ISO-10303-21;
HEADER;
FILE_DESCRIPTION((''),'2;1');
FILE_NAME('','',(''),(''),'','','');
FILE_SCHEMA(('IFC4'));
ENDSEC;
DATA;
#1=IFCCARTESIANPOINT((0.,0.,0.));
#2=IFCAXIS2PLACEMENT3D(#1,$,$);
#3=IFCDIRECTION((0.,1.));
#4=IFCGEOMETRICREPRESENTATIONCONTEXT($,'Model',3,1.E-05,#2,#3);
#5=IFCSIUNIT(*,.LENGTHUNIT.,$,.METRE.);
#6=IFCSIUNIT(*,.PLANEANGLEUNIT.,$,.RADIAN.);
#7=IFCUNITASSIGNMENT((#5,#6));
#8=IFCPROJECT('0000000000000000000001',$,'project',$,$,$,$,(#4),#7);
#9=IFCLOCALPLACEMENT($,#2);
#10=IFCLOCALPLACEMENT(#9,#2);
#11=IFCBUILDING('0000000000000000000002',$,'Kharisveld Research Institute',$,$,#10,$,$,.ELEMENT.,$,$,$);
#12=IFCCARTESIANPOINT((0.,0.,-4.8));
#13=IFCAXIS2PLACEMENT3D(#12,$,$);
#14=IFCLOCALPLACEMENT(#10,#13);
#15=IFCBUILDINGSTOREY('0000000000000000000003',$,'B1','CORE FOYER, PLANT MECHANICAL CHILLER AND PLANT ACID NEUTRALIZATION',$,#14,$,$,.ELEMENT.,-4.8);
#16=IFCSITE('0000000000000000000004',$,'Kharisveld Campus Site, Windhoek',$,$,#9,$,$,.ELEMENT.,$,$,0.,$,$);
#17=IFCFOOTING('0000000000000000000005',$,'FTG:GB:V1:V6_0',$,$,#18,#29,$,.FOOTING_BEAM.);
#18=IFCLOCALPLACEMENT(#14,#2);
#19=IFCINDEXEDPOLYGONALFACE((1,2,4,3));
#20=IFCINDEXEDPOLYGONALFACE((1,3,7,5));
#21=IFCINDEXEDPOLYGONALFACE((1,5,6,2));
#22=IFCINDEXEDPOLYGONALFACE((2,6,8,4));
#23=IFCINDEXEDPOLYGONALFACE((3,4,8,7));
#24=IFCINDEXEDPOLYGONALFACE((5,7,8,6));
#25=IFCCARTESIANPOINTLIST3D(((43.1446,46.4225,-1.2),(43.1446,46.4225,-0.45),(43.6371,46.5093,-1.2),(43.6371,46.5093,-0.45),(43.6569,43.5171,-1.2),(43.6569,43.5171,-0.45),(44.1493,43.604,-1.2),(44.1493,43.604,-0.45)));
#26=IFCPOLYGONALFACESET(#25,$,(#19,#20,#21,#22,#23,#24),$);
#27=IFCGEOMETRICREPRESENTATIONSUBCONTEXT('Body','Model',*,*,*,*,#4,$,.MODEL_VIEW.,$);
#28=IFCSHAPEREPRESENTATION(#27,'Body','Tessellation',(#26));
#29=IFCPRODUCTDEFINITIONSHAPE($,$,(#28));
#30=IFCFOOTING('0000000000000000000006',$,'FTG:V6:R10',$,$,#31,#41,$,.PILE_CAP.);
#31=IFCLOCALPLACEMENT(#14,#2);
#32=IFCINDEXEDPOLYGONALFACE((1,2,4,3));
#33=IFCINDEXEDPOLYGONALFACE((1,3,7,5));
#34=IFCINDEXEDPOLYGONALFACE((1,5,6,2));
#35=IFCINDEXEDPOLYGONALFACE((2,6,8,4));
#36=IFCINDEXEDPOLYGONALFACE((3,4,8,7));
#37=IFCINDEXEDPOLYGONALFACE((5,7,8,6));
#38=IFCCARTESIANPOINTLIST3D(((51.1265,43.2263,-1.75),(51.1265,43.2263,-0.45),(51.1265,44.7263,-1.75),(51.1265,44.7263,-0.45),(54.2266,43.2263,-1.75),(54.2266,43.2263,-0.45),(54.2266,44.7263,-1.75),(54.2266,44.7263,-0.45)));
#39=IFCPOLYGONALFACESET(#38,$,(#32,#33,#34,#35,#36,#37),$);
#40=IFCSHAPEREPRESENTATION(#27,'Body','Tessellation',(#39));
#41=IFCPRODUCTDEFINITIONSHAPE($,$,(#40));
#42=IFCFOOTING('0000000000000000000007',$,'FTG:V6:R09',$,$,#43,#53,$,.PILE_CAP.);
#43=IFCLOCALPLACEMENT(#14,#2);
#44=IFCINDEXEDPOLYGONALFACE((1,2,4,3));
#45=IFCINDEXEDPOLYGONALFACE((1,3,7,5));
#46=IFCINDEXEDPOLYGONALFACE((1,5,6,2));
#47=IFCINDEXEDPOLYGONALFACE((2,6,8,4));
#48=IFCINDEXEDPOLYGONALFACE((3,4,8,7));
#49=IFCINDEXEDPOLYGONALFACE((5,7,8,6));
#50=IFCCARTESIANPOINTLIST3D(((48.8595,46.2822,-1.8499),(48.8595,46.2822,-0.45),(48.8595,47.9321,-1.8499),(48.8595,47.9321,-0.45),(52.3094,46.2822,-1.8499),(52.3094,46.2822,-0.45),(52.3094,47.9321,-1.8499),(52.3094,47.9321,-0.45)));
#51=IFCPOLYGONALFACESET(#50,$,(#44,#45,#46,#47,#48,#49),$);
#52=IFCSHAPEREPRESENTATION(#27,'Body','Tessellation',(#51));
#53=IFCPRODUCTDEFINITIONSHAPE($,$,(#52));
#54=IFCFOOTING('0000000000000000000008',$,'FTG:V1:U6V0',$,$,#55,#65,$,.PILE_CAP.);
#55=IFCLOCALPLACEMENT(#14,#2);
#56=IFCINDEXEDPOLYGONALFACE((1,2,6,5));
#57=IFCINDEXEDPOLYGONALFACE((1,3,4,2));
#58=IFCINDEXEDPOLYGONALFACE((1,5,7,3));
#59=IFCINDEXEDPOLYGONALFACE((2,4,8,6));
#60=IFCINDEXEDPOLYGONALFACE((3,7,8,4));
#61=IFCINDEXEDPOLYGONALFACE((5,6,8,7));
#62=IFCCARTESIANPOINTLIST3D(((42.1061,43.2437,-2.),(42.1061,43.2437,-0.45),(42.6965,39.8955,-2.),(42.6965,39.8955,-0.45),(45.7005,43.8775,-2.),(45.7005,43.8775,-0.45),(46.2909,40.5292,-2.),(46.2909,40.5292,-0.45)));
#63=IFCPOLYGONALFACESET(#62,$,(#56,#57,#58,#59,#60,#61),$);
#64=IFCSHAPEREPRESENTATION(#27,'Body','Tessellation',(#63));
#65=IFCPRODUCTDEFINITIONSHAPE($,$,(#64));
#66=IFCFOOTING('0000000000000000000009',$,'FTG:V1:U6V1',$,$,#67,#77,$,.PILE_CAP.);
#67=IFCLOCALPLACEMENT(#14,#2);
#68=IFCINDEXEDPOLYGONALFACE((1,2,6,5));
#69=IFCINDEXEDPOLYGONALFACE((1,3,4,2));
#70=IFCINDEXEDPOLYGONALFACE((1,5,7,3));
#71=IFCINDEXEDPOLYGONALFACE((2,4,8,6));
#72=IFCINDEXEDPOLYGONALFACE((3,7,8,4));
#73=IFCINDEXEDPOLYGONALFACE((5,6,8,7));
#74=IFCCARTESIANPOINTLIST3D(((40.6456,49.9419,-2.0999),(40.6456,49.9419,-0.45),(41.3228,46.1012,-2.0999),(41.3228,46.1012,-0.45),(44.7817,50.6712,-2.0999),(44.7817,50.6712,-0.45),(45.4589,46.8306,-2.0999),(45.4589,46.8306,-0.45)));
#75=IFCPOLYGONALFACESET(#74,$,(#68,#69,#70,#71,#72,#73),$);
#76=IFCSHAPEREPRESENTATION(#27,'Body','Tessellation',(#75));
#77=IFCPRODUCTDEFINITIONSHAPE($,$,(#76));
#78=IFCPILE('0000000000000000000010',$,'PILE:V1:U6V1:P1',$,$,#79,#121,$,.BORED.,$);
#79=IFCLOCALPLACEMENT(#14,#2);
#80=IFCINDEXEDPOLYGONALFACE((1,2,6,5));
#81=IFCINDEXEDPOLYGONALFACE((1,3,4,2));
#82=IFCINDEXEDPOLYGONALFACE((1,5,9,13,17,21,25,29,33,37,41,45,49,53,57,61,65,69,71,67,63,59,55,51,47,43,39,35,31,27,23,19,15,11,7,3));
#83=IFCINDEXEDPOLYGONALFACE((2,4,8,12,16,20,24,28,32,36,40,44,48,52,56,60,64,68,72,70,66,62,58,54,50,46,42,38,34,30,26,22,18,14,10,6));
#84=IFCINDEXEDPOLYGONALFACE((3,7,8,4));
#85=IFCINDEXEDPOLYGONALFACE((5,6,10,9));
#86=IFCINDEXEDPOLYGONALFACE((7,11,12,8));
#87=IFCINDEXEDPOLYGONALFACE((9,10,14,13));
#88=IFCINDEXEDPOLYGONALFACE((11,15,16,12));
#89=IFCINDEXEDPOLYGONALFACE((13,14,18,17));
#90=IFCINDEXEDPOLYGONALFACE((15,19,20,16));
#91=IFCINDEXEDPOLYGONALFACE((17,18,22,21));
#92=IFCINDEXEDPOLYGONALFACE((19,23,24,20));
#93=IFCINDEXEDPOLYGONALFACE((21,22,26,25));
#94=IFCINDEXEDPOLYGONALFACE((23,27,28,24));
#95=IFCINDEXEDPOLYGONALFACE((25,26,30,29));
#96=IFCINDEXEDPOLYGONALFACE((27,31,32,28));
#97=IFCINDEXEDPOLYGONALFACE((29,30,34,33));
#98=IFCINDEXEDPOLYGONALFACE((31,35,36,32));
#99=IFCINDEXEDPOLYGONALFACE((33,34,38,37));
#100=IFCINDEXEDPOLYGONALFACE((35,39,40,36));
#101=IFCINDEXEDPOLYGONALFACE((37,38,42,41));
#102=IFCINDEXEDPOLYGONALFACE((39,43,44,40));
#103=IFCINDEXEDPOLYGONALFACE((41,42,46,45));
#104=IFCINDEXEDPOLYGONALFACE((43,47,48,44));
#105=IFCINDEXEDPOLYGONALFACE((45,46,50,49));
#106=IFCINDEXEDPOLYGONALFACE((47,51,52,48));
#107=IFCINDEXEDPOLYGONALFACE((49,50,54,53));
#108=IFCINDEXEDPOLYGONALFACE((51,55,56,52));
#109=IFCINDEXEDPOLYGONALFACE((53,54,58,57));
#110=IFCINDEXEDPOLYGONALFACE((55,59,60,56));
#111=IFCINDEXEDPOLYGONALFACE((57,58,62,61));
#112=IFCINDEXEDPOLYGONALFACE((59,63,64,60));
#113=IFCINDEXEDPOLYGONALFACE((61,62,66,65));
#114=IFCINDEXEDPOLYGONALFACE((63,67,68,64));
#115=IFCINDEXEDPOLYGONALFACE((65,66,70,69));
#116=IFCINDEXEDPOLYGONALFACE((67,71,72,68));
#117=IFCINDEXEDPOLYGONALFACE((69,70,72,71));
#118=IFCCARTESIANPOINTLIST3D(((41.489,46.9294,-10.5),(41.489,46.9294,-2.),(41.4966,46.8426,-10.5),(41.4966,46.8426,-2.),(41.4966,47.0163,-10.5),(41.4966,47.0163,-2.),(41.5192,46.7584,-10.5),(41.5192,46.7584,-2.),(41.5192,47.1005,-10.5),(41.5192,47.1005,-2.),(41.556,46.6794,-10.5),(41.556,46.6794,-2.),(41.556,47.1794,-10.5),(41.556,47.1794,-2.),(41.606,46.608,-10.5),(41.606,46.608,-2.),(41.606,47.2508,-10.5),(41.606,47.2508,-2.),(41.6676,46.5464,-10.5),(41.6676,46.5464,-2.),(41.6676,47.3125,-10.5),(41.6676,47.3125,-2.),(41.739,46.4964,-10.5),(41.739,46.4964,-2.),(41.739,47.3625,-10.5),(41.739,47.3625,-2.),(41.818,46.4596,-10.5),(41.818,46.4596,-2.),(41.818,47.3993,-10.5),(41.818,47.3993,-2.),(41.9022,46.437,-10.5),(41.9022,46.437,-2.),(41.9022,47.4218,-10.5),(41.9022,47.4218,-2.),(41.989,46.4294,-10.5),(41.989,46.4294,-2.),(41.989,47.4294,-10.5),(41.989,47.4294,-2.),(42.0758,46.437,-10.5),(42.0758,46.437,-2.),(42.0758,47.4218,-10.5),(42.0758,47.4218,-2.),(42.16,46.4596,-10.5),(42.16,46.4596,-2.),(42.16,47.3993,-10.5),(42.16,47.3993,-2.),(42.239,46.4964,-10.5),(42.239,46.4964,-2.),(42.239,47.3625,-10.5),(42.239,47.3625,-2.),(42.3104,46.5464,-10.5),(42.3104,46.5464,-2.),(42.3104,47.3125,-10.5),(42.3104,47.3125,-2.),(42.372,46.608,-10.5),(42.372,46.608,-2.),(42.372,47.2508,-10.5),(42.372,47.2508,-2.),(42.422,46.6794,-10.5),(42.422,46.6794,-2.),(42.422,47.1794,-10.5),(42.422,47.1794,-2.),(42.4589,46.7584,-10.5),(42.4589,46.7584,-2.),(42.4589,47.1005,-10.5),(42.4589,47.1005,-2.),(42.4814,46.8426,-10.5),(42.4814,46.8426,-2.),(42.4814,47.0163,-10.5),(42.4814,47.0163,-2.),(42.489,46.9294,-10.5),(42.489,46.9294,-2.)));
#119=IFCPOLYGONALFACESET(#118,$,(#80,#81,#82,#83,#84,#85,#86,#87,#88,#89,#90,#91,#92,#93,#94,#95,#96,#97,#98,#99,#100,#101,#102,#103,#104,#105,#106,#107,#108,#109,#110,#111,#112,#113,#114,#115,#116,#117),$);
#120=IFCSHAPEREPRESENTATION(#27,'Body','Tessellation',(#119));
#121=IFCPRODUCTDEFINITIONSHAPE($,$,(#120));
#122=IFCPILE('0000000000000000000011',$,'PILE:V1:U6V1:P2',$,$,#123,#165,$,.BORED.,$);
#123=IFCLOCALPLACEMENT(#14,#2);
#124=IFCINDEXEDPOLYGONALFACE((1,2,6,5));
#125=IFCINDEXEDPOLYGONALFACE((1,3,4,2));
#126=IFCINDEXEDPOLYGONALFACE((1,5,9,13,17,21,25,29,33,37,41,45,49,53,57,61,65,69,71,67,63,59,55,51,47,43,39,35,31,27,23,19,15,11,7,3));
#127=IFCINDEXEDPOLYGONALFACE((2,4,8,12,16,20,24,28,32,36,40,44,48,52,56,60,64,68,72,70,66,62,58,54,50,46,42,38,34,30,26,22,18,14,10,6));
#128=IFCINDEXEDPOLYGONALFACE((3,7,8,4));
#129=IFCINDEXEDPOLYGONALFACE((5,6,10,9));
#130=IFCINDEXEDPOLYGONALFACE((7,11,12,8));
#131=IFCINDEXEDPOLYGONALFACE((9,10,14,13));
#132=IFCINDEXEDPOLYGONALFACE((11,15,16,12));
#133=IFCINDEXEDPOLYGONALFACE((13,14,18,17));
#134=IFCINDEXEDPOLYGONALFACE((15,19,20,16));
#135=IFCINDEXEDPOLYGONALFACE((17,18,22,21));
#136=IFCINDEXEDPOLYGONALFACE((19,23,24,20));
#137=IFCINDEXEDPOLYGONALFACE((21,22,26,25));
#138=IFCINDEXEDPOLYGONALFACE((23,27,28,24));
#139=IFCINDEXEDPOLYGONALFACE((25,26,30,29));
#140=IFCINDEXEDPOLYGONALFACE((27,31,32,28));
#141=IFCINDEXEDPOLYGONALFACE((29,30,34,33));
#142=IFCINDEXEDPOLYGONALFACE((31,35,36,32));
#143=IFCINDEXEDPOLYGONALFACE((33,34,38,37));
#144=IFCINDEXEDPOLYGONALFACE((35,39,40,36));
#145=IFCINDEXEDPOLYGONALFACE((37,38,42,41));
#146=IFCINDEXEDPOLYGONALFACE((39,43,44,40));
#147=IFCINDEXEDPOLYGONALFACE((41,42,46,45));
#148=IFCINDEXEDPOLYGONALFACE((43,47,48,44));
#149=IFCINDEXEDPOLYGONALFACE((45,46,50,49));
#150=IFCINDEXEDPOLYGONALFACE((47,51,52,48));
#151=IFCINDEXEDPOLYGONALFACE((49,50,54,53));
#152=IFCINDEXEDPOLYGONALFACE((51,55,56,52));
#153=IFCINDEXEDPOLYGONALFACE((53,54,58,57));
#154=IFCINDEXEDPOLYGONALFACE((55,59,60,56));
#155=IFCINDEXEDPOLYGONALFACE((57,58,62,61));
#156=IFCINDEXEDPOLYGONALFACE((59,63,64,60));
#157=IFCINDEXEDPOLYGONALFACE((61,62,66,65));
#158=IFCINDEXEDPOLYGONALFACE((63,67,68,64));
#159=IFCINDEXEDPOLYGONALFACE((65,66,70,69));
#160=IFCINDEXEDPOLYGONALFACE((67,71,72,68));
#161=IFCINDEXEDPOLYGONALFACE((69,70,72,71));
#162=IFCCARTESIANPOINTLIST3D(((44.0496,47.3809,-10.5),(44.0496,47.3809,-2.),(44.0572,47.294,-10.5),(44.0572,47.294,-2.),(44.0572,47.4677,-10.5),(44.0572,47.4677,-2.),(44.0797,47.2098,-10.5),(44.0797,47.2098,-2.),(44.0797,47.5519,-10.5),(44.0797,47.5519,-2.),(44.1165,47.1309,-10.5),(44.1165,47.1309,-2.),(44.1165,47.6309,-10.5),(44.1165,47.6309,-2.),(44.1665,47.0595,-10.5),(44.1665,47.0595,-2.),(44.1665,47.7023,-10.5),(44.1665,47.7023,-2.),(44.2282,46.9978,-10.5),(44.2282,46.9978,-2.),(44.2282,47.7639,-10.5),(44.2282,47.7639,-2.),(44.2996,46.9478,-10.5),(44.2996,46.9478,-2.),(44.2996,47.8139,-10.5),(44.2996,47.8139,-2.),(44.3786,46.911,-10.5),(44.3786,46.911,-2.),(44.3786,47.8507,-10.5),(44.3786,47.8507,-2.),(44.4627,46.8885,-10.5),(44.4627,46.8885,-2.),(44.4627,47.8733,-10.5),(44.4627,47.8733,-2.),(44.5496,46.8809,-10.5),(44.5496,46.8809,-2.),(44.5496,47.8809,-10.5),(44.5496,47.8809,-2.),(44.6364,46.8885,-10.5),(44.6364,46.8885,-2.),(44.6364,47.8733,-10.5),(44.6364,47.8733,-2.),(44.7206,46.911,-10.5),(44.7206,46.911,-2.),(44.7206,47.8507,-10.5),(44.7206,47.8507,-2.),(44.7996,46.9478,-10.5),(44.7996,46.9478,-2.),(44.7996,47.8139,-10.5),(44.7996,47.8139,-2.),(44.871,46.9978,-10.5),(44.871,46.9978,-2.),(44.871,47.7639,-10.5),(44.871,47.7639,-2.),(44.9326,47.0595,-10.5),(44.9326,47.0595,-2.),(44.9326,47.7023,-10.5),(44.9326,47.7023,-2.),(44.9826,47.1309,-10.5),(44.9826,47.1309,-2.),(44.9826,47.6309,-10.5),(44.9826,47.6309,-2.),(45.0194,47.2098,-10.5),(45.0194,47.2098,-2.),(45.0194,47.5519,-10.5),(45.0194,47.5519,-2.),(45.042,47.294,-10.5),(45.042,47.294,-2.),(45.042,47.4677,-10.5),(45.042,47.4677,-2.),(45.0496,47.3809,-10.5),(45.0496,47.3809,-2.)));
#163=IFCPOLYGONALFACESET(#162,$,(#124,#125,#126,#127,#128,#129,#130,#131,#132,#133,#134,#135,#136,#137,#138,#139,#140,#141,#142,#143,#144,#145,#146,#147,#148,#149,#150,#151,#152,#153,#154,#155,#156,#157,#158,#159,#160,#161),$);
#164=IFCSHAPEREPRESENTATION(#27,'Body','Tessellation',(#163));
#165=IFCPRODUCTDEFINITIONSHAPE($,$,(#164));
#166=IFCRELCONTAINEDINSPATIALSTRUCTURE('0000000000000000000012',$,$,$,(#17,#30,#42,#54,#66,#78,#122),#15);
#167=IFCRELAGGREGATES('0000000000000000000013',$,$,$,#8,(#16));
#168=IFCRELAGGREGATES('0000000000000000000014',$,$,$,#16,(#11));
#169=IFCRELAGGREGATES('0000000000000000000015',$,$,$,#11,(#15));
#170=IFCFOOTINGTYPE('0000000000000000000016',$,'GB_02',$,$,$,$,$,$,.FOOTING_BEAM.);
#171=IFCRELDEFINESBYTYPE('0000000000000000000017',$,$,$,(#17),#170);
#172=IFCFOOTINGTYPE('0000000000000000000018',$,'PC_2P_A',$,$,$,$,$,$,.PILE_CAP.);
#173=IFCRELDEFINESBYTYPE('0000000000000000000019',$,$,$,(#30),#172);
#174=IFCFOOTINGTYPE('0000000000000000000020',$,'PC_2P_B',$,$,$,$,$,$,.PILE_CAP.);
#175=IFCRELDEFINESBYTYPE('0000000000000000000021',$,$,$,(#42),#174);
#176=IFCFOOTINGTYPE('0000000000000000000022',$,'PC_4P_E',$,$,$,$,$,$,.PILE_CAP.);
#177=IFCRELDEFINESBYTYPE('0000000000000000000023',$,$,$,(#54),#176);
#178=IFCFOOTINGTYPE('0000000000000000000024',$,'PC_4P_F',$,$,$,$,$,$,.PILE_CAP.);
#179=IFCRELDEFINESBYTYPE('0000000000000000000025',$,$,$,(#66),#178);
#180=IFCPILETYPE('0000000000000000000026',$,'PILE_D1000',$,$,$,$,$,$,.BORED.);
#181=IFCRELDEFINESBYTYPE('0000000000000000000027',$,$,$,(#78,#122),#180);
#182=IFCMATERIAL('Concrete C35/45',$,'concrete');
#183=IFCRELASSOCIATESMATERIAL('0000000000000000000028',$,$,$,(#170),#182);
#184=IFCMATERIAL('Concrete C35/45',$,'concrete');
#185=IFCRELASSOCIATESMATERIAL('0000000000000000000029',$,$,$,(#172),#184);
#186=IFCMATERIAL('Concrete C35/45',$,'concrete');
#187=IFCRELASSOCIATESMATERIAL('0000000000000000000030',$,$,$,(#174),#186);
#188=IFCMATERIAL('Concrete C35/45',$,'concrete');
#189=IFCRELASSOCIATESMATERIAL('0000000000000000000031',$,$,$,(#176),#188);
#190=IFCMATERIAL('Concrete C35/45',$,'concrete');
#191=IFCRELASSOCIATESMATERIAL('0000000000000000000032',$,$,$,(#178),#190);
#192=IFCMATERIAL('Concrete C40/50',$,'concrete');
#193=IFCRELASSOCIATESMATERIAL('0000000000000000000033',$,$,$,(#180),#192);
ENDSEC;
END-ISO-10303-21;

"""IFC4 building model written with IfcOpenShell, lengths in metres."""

from ifc_helpers import new_model, si_unit, direction, frame, origin, origin_2d, place, context, subcontext, project, spatial, rectangle, circle, extrude, material, material_profile, profile_set, type_object, element, save


model = new_model("IFC4")

# Units and contexts
model_context = context("Model", 3, precision=1e-05, world=origin(), true_north=direction((0.0, 1.0)))
body_context = subcontext(model_context, "Body", "Model", "MODEL_VIEW")
ifc_project = project(units=[si_unit("LENGTHUNIT", "METRE"), si_unit("PLANEANGLEUNIT", "RADIAN")], contexts=[model_context])

# Site, building, storey
site_placement = place(None, origin())
site = spatial("IfcSite", under=ifc_project, at=site_placement, Name="Kharisveld Campus Site, Windhoek", CompositionType="ELEMENT", RefElevation=0.0)
building_placement = place(site_placement, origin())
building = spatial("IfcBuilding", under=site, at=building_placement, Name="Kharisveld Research Institute", CompositionType="ELEMENT")
storey_placement = place(building_placement, frame((0.0, 0.0, -4.8)))
storey = spatial("IfcBuildingStorey", under=building, at=storey_placement, Name="B1", Description="CORE FOYER, PLANT MECHANICAL CHILLER AND PLANT ACID NEUTRALIZATION", CompositionType="ELEMENT", Elevation=-4.8)

# Footings
ifc_material_1 = material(Name="Concrete C35/45", Category="concrete")
ifc_material_profile_1 = material_profile(ifc_material_1, rectangle(XDim=0.5, YDim=0.75, at=origin_2d()))
ifc_profile_set_1 = profile_set([ifc_material_profile_1], Name="Concrete C35/45")
footing_type_1 = type_object("IfcFootingType", Name="GB_02", PredefinedType="FOOTING_BEAM", material=ifc_profile_set_1)
footing_1_placement = place(storey_placement, frame((43.9031, 43.5605, -0.825), z_axis=(-0.173625, 0.984812, 0.0), x_axis=(-0.984812, -0.173625, 0.0)))
element("IfcFooting", 1, at=footing_1_placement, inside=storey, type_object=footing_type_1, Name="FTG:GB:V1:V6_0", PredefinedType="FOOTING_BEAM", context=body_context, shape_type="SweptSolid", body=[
    extrude(rectangle(XDim=0.5, YDim=0.75, at=origin_2d()), origin(), (0.0, 0.0, 1.0), 2.9502),
])
ifc_material_2 = material(Name="Concrete C35/45", Category="concrete")
footing_type_2 = type_object("IfcFootingType", Name="PC_2P_A", PredefinedType="PILE_CAP", material=ifc_material_2)
footing_2_placement = place(storey_placement, frame((52.6765, 43.9763, -1.75), z_axis=(0.0, 0.0, 1.0), x_axis=(1.0, 0.0, 0.0)))
element("IfcFooting", 2, at=footing_2_placement, inside=storey, type_object=footing_type_2, Name="FTG:V6:R10", PredefinedType="PILE_CAP", context=body_context, shape_type="SweptSolid", body=[
    extrude(rectangle(XDim=3.1001, YDim=1.5, at=origin_2d()), origin(), (0.0, 0.0, 1.0), 1.3),
])
ifc_material_3 = material(Name="Concrete C35/45", Category="concrete")
footing_type_3 = type_object("IfcFootingType", Name="PC_2P_B", PredefinedType="PILE_CAP", material=ifc_material_3)
footing_3_placement = place(storey_placement, frame((50.5845, 47.1072, -1.8499), z_axis=(0.0, 0.0, 1.0), x_axis=(1.0, 0.0, 0.0)))
element("IfcFooting", 3, at=footing_3_placement, inside=storey, type_object=footing_type_3, Name="FTG:V6:R09", PredefinedType="PILE_CAP", context=body_context, shape_type="SweptSolid", body=[
    extrude(rectangle(XDim=3.45, YDim=1.6499, at=origin_2d()), origin(), (0.0, 0.0, 1.0), 1.3999),
])
ifc_material_4 = material(Name="Concrete C35/45", Category="concrete")
footing_type_4 = type_object("IfcFootingType", Name="PC_4P_E", PredefinedType="PILE_CAP", material=ifc_material_4)
footing_4_placement = place(storey_placement, frame((44.1985, 41.8865, -2.0), z_axis=(0.0, 0.0, 1.0), x_axis=(0.984808, 0.173648, 0.0)))
element("IfcFooting", 4, at=footing_4_placement, inside=storey, type_object=footing_type_4, Name="FTG:V1:U6V0", PredefinedType="PILE_CAP", context=body_context, shape_type="SweptSolid", body=[
    extrude(rectangle(XDim=3.6499, YDim=3.3999, at=origin_2d()), origin(), (0.0, 0.0, 1.0), 1.55),
])
ifc_material_5 = material(Name="Concrete C35/45", Category="concrete")
footing_type_5 = type_object("IfcFootingType", Name="PC_4P_F", PredefinedType="PILE_CAP", material=ifc_material_5)
footing_5_placement = place(storey_placement, frame((43.0522, 48.3862, -2.0999), z_axis=(0.0, 0.0, 1.0), x_axis=(0.984808, 0.173648, 0.0)))
element("IfcFooting", 5, at=footing_5_placement, inside=storey, type_object=footing_type_5, Name="FTG:V1:U6V1", PredefinedType="PILE_CAP", context=body_context, shape_type="SweptSolid", body=[
    extrude(rectangle(XDim=4.2, YDim=3.8999, at=origin_2d()), origin(), (0.0, 0.0, 1.0), 1.6499),
])

# Piles
ifc_material_6 = material(Name="Concrete C40/50", Category="concrete")
ifc_material_profile_2 = material_profile(ifc_material_6, circle(Radius=0.5, at=origin_2d()))
ifc_profile_set_2 = profile_set([ifc_material_profile_2], Name="Concrete C40/50")
pile_type_1 = type_object("IfcPileType", Name="PILE_D1000", PredefinedType="BORED", material=ifc_profile_set_2)
for number, where, z_axis, x_axis, name in (
    (6, (41.989, 46.9294, -2.0), (0.0, 0.0, -1.0), (1.0, 0.0, 0.0), "PILE:V1:U6V1:P1"),
    (7, (44.5496, 47.3809, -2.0), (0.0, 0.0, -1.0), (1.0, 0.0, 0.0), "PILE:V1:U6V1:P2"),
):
    element("IfcPile", number, at=place(storey_placement, frame(where, z_axis=z_axis, x_axis=x_axis)), inside=storey, type_object=pile_type_1, Name=name, PredefinedType="BORED", context=body_context, shape_type="SweptSolid", body=[
        extrude(circle(Radius=0.5, at=origin_2d()), origin(), (0.0, 0.0, 1.0), 8.5),
    ])

save(model, "model.ifc")
